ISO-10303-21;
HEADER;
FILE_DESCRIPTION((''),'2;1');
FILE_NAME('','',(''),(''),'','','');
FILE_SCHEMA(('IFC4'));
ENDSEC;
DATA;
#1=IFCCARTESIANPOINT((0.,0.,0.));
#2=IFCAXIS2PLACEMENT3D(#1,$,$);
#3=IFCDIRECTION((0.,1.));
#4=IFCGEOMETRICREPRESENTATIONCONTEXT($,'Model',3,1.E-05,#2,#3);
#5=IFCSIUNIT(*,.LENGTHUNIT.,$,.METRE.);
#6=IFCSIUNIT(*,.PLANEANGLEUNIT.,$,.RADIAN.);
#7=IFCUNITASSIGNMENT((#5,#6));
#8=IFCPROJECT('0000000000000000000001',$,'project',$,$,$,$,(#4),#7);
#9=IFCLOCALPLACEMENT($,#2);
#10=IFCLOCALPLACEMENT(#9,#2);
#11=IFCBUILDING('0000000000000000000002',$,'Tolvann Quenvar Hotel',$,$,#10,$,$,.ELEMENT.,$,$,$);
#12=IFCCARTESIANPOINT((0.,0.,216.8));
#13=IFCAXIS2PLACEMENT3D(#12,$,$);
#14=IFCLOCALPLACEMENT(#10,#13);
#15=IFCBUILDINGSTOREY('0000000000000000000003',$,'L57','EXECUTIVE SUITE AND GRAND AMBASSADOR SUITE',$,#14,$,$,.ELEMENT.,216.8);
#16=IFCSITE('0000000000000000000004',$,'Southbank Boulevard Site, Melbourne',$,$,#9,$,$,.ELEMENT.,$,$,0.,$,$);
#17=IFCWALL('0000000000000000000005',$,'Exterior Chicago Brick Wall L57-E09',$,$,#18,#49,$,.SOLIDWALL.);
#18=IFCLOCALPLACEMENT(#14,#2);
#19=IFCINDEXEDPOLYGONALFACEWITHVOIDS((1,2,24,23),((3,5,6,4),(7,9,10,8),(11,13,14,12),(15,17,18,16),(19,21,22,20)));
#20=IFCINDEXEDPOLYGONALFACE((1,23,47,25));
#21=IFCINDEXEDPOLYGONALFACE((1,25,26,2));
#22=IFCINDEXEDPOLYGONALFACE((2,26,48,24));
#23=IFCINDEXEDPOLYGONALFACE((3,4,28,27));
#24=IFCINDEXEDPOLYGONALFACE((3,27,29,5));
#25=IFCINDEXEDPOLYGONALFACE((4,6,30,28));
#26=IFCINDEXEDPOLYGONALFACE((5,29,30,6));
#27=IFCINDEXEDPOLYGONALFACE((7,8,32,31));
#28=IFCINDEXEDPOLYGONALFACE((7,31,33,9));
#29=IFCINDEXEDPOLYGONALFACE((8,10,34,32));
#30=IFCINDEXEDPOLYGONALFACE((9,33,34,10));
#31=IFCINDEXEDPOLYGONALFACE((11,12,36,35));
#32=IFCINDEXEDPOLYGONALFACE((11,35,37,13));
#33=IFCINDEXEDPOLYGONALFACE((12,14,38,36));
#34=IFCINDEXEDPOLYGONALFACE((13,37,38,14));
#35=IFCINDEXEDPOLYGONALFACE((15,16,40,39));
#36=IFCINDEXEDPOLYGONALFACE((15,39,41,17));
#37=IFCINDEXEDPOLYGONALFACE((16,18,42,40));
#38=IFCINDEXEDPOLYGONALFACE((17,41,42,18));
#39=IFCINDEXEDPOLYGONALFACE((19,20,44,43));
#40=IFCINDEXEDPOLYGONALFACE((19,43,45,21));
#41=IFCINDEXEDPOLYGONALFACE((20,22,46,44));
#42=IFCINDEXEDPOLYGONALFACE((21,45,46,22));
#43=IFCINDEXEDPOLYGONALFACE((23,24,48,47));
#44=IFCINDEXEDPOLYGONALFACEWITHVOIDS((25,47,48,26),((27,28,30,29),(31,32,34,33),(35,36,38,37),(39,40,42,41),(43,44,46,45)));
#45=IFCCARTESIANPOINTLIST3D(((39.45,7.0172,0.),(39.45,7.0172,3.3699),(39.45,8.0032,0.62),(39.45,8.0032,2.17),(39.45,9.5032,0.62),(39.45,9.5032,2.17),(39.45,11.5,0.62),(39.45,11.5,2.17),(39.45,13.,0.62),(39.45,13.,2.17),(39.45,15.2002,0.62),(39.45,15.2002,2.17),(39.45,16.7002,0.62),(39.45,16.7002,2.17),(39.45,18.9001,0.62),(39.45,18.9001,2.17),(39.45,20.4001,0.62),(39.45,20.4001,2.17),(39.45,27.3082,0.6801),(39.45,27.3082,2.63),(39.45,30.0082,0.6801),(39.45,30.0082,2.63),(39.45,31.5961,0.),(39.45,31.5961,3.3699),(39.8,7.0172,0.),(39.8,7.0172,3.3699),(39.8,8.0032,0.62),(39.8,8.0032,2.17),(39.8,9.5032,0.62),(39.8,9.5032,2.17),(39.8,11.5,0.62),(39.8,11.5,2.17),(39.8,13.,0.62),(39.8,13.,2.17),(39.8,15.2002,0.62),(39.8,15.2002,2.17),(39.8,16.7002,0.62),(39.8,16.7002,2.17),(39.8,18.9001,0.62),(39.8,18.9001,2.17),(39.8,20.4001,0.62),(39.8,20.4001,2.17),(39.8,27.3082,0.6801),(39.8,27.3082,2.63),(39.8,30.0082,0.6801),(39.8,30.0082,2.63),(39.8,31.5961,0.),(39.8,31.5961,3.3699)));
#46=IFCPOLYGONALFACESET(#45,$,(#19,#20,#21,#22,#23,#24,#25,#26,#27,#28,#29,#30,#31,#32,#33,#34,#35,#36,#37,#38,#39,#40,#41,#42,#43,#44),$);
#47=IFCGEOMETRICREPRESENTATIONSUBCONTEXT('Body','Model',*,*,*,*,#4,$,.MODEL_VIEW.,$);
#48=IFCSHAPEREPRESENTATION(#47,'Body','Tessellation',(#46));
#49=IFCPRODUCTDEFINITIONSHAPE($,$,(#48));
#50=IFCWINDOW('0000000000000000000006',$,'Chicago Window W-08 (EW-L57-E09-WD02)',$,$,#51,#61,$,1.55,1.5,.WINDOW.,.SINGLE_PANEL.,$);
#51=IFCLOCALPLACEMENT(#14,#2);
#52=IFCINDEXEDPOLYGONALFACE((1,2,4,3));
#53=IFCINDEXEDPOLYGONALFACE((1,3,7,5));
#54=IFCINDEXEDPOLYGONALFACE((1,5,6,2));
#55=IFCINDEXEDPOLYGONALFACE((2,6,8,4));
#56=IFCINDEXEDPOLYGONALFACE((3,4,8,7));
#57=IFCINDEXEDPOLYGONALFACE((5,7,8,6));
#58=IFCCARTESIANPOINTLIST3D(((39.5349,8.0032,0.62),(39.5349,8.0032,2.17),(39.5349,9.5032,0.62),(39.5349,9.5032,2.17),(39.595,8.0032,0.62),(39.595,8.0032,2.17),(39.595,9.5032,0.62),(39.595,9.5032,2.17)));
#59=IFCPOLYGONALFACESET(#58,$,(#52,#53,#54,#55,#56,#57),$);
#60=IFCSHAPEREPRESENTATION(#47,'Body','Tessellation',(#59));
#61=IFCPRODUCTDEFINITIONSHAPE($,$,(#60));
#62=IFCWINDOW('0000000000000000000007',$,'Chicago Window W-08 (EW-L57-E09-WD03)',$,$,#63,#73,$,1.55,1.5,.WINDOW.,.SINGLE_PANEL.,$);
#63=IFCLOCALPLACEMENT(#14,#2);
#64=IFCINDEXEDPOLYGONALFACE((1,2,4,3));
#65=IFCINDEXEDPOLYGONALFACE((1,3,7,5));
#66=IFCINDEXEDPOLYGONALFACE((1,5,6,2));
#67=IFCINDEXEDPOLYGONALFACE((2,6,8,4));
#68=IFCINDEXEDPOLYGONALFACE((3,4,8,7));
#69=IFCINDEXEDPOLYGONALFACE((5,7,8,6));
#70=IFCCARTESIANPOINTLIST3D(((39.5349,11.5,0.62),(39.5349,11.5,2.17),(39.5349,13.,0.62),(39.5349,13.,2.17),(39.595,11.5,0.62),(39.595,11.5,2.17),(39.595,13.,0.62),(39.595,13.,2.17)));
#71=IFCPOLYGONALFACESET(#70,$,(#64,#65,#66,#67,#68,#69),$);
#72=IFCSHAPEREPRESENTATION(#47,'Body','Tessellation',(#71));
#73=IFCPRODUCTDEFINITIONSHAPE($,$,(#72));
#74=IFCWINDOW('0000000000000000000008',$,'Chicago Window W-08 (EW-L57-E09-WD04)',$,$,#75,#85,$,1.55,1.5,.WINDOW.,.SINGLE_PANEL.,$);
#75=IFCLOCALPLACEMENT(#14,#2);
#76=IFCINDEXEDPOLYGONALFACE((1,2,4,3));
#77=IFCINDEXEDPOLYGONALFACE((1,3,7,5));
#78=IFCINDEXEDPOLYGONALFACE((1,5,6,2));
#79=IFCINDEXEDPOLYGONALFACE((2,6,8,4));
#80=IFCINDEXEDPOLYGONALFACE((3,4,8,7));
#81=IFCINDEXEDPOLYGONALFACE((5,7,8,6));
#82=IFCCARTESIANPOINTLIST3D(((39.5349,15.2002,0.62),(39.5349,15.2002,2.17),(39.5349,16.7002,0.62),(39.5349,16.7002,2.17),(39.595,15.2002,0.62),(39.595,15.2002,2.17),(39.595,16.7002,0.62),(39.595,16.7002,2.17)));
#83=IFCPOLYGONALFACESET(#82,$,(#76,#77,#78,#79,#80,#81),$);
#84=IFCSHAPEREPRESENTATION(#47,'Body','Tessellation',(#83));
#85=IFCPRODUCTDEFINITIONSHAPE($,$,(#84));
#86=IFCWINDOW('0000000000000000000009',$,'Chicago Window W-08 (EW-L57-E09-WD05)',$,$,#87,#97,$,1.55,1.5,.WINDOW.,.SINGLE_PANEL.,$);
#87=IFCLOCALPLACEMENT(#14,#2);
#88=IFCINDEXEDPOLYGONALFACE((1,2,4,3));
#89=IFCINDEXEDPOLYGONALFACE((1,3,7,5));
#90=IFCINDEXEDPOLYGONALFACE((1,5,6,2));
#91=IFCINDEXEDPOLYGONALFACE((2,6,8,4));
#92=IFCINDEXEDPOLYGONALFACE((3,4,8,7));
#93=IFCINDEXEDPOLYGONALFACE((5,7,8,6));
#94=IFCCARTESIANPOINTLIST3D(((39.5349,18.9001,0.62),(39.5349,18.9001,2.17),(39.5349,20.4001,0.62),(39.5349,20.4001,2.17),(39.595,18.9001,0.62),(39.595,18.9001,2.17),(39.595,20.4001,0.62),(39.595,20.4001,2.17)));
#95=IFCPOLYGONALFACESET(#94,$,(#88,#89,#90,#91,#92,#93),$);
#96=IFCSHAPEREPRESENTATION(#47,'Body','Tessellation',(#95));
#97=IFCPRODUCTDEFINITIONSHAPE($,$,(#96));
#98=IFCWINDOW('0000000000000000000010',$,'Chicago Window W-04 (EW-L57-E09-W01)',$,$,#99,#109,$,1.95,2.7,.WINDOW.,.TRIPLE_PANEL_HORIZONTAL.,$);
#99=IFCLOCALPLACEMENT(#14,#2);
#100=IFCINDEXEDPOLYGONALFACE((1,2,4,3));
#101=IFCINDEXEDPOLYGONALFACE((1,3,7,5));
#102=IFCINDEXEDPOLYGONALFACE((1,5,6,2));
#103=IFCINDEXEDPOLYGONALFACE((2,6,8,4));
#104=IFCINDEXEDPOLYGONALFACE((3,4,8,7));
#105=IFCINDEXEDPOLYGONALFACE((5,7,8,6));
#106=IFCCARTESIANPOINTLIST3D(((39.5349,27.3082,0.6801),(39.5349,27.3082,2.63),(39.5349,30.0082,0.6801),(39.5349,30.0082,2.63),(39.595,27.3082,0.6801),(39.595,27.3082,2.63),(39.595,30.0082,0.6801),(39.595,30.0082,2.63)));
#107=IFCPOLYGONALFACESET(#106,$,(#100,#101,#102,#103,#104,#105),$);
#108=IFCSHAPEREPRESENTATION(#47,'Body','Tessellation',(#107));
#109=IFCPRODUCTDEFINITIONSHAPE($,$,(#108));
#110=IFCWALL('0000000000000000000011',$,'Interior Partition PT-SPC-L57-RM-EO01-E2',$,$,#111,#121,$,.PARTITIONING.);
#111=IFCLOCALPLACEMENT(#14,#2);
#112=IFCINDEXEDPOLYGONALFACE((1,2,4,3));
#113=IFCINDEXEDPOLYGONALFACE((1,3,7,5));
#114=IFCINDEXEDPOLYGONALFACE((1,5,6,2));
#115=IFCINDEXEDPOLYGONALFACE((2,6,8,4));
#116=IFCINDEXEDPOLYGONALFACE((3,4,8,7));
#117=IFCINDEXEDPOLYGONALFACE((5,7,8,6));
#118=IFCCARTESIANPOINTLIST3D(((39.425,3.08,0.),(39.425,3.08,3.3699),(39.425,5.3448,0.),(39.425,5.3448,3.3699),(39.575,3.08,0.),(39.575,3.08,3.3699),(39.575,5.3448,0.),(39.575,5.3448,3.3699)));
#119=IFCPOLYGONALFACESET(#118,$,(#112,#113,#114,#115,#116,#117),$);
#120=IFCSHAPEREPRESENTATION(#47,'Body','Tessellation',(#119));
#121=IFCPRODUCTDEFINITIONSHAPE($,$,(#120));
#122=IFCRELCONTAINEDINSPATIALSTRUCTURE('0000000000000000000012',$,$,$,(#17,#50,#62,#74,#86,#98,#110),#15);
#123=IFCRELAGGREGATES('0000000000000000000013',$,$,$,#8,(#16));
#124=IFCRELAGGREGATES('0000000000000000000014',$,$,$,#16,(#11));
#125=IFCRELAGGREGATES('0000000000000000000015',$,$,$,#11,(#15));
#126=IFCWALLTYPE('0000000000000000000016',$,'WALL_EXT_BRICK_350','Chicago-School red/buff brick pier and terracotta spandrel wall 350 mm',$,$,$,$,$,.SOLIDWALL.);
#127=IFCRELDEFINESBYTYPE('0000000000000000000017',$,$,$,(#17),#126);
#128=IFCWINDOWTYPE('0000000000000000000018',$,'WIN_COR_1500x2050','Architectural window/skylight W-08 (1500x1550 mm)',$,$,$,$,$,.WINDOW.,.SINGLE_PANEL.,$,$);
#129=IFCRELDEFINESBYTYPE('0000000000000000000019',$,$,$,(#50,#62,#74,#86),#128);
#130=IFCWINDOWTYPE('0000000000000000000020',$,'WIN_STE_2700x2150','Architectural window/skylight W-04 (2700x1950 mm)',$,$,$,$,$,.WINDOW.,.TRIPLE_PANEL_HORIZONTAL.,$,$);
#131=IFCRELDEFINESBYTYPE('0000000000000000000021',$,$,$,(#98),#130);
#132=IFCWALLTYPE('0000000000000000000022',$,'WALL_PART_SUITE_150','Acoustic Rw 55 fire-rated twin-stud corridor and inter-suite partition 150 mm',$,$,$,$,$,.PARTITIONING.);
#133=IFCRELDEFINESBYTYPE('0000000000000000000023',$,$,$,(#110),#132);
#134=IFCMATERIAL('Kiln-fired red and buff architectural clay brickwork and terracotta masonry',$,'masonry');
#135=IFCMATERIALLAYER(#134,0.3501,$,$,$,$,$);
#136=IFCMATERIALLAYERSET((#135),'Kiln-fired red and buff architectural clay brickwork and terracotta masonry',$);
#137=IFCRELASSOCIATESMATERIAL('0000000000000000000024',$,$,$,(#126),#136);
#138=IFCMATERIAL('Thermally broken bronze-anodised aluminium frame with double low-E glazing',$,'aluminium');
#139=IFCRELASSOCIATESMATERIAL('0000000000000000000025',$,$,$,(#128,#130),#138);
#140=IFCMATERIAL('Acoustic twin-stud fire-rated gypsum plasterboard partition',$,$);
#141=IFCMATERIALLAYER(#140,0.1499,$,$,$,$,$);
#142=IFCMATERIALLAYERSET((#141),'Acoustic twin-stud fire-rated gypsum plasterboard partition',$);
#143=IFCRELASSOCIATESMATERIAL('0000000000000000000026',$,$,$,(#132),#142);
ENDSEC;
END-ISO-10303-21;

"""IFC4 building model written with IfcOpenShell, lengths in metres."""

from ifc_helpers import new_model, si_unit, direction, frame, frame_2d, origin, place, context, subcontext, project, spatial, rectangle, extrude, source, transform, mapped, material, layer, layer_set, type_object, type_shapes, element, fill, save


model = new_model("IFC4")

# Units and contexts
model_context = context("Model", 3, precision=1e-05, world=origin(), true_north=direction((0.0, 1.0)))
body_context = subcontext(model_context, "Body", "Model", "MODEL_VIEW")
ifc_project = project(units=[si_unit("LENGTHUNIT", "METRE"), si_unit("PLANEANGLEUNIT", "RADIAN")], contexts=[model_context])

# Site, building, storey
site_placement = place(None, origin())
site = spatial("IfcSite", under=ifc_project, at=site_placement, Name="Southbank Boulevard Site, Melbourne", CompositionType="ELEMENT", RefElevation=0.0)
building_placement = place(site_placement, origin())
building = spatial("IfcBuilding", under=site, at=building_placement, Name="Tolvann Quenvar Hotel", CompositionType="ELEMENT")
storey_placement = place(building_placement, frame((0.0, 0.0, 216.8)))
storey = spatial("IfcBuildingStorey", under=building, at=storey_placement, Name="L57", Description="EXECUTIVE SUITE AND GRAND AMBASSADOR SUITE", CompositionType="ELEMENT", Elevation=216.8)

# Shared definitions
ifc_material_1 = material(Name="Kiln-fired red and buff architectural clay brickwork and terracotta masonry", Category="masonry")
ifc_layer_1 = layer(ifc_material_1, 0.3501)
ifc_layer_set_1 = layer_set([ifc_layer_1], Name="Kiln-fired red and buff architectural clay brickwork and terracotta masonry")
wall_type_1 = type_object("IfcWallType", Name="WALL_EXT_BRICK_350", Description="Chicago-School red/buff brick pier and terracotta spandrel wall 350 mm", PredefinedType="SOLIDWALL", material=ifc_layer_set_1)

# Wall, openings, windows
wall_1_placement = place(storey_placement, frame((39.625, 7.0171, 0.0), z_axis=(0.0, 0.0, 1.0), x_axis=(0.0, 1.0, 0.0)))
wall_1 = element("IfcWall", 1, at=wall_1_placement, inside=storey, type_object=wall_type_1, Name="Exterior Chicago Brick Wall L57-E09", PredefinedType="SOLIDWALL", context=body_context, shape_type="SweptSolid", body=[
    extrude(rectangle(XDim=24.5789, YDim=0.3501, at=frame_2d((12.2896, 0.0))), origin(), (0.0, 0.0, 1.0), 3.3699),
])
opening_1_placement = place(wall_1_placement, frame((20.291, 0.0, 0.6799)))
opening_1 = element("IfcOpeningElement", 2, at=opening_1_placement, cuts=wall_1, PredefinedType="OPENING", context=body_context, shape_type="SweptSolid", body=[
    extrude(rectangle(XDim=2.7, YDim=1.95, at=frame_2d((1.3501, 0.9751))), frame((0.0, 0.1851, 0.0), z_axis=(0.0, -1.0, 0.0), x_axis=(1.0, 0.0, 0.0)), (0.0, 0.0, 1.0), 0.3701),
])
opening_2_placement = place(wall_1_placement, frame((0.9861, 0.0, 0.6201)))
opening_2 = element("IfcOpeningElement", 3, at=opening_2_placement, cuts=wall_1, PredefinedType="OPENING", context=body_context, shape_type="SweptSolid", body=[
    extrude(rectangle(XDim=1.5, YDim=1.55, at=frame_2d((0.75, 0.7749))), frame((0.0, 0.1851, 0.0), z_axis=(0.0, -1.0, 0.0), x_axis=(1.0, 0.0, 0.0)), (0.0, 0.0, 1.0), 0.3701),
])
opening_3_placement = place(wall_1_placement, frame((4.4829, 0.0, 0.6201)))
opening_3 = element("IfcOpeningElement", 4, at=opening_3_placement, cuts=wall_1, PredefinedType="OPENING", context=body_context, shape_type="SweptSolid", body=[
    extrude(rectangle(XDim=1.5, YDim=1.55, at=frame_2d((0.75, 0.7749))), frame((0.0, 0.1851, 0.0), z_axis=(0.0, -1.0, 0.0), x_axis=(1.0, 0.0, 0.0)), (0.0, 0.0, 1.0), 0.3701),
])
opening_4_placement = place(wall_1_placement, frame((8.1831, 0.0, 0.6201)))
opening_4 = element("IfcOpeningElement", 5, at=opening_4_placement, cuts=wall_1, PredefinedType="OPENING", context=body_context, shape_type="SweptSolid", body=[
    extrude(rectangle(XDim=1.5, YDim=1.55, at=frame_2d((0.75, 0.7749))), frame((0.0, 0.1851, 0.0), z_axis=(0.0, -1.0, 0.0), x_axis=(1.0, 0.0, 0.0)), (0.0, 0.0, 1.0), 0.3701),
])
opening_5_placement = place(wall_1_placement, frame((11.8831, 0.0, 0.6201)))
opening_5 = element("IfcOpeningElement", 6, at=opening_5_placement, cuts=wall_1, PredefinedType="OPENING", context=body_context, shape_type="SweptSolid", body=[
    extrude(rectangle(XDim=1.5, YDim=1.55, at=frame_2d((0.75, 0.7749))), frame((0.0, 0.1851, 0.0), z_axis=(0.0, -1.0, 0.0), x_axis=(1.0, 0.0, 0.0)), (0.0, 0.0, 1.0), 0.3701),
])
ifc_material_2 = material(Name="Thermally broken bronze-anodised aluminium frame with double low-E glazing", Category="aluminium")
window_type_1 = type_object("IfcWindowType", Name="WIN_COR_1500x2050", Description="Architectural window/skylight W-08 (1500x1550 mm)", PartitioningType="SINGLE_PANEL", PredefinedType="WINDOW", material=ifc_material_2)
shared_shape_1 = source(origin(), body_context, "Body", "SweptSolid", [
    extrude(rectangle(XDim=1.5, YDim=1.55, at=frame_2d((0.75, 0.7749))), frame((0.0, 0.0901, 0.0), z_axis=(0.0, -1.0, 0.0), x_axis=(1.0, 0.0, 0.0)), (0.0, 0.0, 1.0), 0.0601),
])
type_shapes(window_type_1, [shared_shape_1])
window_1_placement = place(opening_2_placement, origin())
window_1 = element("IfcWindow", 7, at=window_1_placement, inside=storey, type_object=window_type_1, Name="Chicago Window W-08 (EW-L57-E09-WD02)", OverallHeight=1.55, OverallWidth=1.5, PartitioningType="SINGLE_PANEL", PredefinedType="WINDOW", context=body_context, shape_type="MappedRepresentation", body=[
    mapped(shared_shape_1, transform((0.0, 0.0, 0.0), x_axis=(1.0, 0.0, 0.0), y_axis=(0.0, 1.0, 0.0), z_axis=(0.0, 0.0, 1.0), scale=1.0)),
])
fill(opening_2, window_1)
window_2_placement = place(opening_3_placement, origin())
window_2 = element("IfcWindow", 8, at=window_2_placement, inside=storey, type_object=window_type_1, Name="Chicago Window W-08 (EW-L57-E09-WD03)", OverallHeight=1.55, OverallWidth=1.5, PartitioningType="SINGLE_PANEL", PredefinedType="WINDOW", context=body_context, shape_type="MappedRepresentation", body=[
    mapped(shared_shape_1, transform((0.0, 0.0, 0.0), x_axis=(1.0, 0.0, 0.0), y_axis=(0.0, 1.0, 0.0), z_axis=(0.0, 0.0, 1.0), scale=1.0)),
])
fill(opening_3, window_2)
window_3_placement = place(opening_4_placement, origin())
window_3 = element("IfcWindow", 9, at=window_3_placement, inside=storey, type_object=window_type_1, Name="Chicago Window W-08 (EW-L57-E09-WD04)", OverallHeight=1.55, OverallWidth=1.5, PartitioningType="SINGLE_PANEL", PredefinedType="WINDOW", context=body_context, shape_type="MappedRepresentation", body=[
    mapped(shared_shape_1, transform((0.0, 0.0, 0.0), x_axis=(1.0, 0.0, 0.0), y_axis=(0.0, 1.0, 0.0), z_axis=(0.0, 0.0, 1.0), scale=1.0)),
])
fill(opening_4, window_3)
window_4_placement = place(opening_5_placement, origin())
window_4 = element("IfcWindow", 10, at=window_4_placement, inside=storey, type_object=window_type_1, Name="Chicago Window W-08 (EW-L57-E09-WD05)", OverallHeight=1.55, OverallWidth=1.5, PartitioningType="SINGLE_PANEL", PredefinedType="WINDOW", context=body_context, shape_type="MappedRepresentation", body=[
    mapped(shared_shape_1, transform((0.0, 0.0, 0.0), x_axis=(1.0, 0.0, 0.0), y_axis=(0.0, 1.0, 0.0), z_axis=(0.0, 0.0, 1.0), scale=1.0)),
])
fill(opening_5, window_4)
window_type_2 = type_object("IfcWindowType", Name="WIN_STE_2700x2150", Description="Architectural window/skylight W-04 (2700x1950 mm)", PartitioningType="TRIPLE_PANEL_HORIZONTAL", PredefinedType="WINDOW", material=ifc_material_2)
shared_shape_2 = source(origin(), body_context, "Body", "SweptSolid", [
    extrude(rectangle(XDim=2.7, YDim=1.95, at=frame_2d((1.3501, 0.9751))), frame((0.0, 0.0901, 0.0), z_axis=(0.0, -1.0, 0.0), x_axis=(1.0, 0.0, 0.0)), (0.0, 0.0, 1.0), 0.0601),
])
type_shapes(window_type_2, [shared_shape_2])
window_5_placement = place(opening_1_placement, origin())
window_5 = element("IfcWindow", 11, at=window_5_placement, inside=storey, type_object=window_type_2, Name="Chicago Window W-04 (EW-L57-E09-W01)", OverallHeight=1.95, OverallWidth=2.7, PartitioningType="TRIPLE_PANEL_HORIZONTAL", PredefinedType="WINDOW", context=body_context, shape_type="MappedRepresentation", body=[
    mapped(shared_shape_2, transform((0.0, 0.0, 0.0), x_axis=(1.0, 0.0, 0.0), y_axis=(0.0, 1.0, 0.0), z_axis=(0.0, 0.0, 1.0), scale=1.0)),
])
fill(opening_1, window_5)

# Wall
ifc_material_3 = material(Name="Acoustic twin-stud fire-rated gypsum plasterboard partition")
ifc_layer_2 = layer(ifc_material_3, 0.1499)
ifc_layer_set_2 = layer_set([ifc_layer_2], Name="Acoustic twin-stud fire-rated gypsum plasterboard partition")
wall_type_2 = type_object("IfcWallType", Name="WALL_PART_SUITE_150", Description="Acoustic Rw 55 fire-rated twin-stud corridor and inter-suite partition 150 mm", PredefinedType="PARTITIONING", material=ifc_layer_set_2)
wall_2_placement = place(storey_placement, frame((39.5, 3.0801, 0.0), z_axis=(0.0, 0.0, 1.0), x_axis=(0.0, 1.0, 0.0)))
element("IfcWall", 12, at=wall_2_placement, inside=storey, type_object=wall_type_2, Name="Interior Partition PT-SPC-L57-RM-EO01-E2", PredefinedType="PARTITIONING", context=body_context, shape_type="SweptSolid", body=[
    extrude(rectangle(XDim=2.2649, YDim=0.1499, at=frame_2d((1.1323, 0.0))), origin(), (0.0, 0.0, 1.0), 3.3699),
])

save(model, "model.ifc")
